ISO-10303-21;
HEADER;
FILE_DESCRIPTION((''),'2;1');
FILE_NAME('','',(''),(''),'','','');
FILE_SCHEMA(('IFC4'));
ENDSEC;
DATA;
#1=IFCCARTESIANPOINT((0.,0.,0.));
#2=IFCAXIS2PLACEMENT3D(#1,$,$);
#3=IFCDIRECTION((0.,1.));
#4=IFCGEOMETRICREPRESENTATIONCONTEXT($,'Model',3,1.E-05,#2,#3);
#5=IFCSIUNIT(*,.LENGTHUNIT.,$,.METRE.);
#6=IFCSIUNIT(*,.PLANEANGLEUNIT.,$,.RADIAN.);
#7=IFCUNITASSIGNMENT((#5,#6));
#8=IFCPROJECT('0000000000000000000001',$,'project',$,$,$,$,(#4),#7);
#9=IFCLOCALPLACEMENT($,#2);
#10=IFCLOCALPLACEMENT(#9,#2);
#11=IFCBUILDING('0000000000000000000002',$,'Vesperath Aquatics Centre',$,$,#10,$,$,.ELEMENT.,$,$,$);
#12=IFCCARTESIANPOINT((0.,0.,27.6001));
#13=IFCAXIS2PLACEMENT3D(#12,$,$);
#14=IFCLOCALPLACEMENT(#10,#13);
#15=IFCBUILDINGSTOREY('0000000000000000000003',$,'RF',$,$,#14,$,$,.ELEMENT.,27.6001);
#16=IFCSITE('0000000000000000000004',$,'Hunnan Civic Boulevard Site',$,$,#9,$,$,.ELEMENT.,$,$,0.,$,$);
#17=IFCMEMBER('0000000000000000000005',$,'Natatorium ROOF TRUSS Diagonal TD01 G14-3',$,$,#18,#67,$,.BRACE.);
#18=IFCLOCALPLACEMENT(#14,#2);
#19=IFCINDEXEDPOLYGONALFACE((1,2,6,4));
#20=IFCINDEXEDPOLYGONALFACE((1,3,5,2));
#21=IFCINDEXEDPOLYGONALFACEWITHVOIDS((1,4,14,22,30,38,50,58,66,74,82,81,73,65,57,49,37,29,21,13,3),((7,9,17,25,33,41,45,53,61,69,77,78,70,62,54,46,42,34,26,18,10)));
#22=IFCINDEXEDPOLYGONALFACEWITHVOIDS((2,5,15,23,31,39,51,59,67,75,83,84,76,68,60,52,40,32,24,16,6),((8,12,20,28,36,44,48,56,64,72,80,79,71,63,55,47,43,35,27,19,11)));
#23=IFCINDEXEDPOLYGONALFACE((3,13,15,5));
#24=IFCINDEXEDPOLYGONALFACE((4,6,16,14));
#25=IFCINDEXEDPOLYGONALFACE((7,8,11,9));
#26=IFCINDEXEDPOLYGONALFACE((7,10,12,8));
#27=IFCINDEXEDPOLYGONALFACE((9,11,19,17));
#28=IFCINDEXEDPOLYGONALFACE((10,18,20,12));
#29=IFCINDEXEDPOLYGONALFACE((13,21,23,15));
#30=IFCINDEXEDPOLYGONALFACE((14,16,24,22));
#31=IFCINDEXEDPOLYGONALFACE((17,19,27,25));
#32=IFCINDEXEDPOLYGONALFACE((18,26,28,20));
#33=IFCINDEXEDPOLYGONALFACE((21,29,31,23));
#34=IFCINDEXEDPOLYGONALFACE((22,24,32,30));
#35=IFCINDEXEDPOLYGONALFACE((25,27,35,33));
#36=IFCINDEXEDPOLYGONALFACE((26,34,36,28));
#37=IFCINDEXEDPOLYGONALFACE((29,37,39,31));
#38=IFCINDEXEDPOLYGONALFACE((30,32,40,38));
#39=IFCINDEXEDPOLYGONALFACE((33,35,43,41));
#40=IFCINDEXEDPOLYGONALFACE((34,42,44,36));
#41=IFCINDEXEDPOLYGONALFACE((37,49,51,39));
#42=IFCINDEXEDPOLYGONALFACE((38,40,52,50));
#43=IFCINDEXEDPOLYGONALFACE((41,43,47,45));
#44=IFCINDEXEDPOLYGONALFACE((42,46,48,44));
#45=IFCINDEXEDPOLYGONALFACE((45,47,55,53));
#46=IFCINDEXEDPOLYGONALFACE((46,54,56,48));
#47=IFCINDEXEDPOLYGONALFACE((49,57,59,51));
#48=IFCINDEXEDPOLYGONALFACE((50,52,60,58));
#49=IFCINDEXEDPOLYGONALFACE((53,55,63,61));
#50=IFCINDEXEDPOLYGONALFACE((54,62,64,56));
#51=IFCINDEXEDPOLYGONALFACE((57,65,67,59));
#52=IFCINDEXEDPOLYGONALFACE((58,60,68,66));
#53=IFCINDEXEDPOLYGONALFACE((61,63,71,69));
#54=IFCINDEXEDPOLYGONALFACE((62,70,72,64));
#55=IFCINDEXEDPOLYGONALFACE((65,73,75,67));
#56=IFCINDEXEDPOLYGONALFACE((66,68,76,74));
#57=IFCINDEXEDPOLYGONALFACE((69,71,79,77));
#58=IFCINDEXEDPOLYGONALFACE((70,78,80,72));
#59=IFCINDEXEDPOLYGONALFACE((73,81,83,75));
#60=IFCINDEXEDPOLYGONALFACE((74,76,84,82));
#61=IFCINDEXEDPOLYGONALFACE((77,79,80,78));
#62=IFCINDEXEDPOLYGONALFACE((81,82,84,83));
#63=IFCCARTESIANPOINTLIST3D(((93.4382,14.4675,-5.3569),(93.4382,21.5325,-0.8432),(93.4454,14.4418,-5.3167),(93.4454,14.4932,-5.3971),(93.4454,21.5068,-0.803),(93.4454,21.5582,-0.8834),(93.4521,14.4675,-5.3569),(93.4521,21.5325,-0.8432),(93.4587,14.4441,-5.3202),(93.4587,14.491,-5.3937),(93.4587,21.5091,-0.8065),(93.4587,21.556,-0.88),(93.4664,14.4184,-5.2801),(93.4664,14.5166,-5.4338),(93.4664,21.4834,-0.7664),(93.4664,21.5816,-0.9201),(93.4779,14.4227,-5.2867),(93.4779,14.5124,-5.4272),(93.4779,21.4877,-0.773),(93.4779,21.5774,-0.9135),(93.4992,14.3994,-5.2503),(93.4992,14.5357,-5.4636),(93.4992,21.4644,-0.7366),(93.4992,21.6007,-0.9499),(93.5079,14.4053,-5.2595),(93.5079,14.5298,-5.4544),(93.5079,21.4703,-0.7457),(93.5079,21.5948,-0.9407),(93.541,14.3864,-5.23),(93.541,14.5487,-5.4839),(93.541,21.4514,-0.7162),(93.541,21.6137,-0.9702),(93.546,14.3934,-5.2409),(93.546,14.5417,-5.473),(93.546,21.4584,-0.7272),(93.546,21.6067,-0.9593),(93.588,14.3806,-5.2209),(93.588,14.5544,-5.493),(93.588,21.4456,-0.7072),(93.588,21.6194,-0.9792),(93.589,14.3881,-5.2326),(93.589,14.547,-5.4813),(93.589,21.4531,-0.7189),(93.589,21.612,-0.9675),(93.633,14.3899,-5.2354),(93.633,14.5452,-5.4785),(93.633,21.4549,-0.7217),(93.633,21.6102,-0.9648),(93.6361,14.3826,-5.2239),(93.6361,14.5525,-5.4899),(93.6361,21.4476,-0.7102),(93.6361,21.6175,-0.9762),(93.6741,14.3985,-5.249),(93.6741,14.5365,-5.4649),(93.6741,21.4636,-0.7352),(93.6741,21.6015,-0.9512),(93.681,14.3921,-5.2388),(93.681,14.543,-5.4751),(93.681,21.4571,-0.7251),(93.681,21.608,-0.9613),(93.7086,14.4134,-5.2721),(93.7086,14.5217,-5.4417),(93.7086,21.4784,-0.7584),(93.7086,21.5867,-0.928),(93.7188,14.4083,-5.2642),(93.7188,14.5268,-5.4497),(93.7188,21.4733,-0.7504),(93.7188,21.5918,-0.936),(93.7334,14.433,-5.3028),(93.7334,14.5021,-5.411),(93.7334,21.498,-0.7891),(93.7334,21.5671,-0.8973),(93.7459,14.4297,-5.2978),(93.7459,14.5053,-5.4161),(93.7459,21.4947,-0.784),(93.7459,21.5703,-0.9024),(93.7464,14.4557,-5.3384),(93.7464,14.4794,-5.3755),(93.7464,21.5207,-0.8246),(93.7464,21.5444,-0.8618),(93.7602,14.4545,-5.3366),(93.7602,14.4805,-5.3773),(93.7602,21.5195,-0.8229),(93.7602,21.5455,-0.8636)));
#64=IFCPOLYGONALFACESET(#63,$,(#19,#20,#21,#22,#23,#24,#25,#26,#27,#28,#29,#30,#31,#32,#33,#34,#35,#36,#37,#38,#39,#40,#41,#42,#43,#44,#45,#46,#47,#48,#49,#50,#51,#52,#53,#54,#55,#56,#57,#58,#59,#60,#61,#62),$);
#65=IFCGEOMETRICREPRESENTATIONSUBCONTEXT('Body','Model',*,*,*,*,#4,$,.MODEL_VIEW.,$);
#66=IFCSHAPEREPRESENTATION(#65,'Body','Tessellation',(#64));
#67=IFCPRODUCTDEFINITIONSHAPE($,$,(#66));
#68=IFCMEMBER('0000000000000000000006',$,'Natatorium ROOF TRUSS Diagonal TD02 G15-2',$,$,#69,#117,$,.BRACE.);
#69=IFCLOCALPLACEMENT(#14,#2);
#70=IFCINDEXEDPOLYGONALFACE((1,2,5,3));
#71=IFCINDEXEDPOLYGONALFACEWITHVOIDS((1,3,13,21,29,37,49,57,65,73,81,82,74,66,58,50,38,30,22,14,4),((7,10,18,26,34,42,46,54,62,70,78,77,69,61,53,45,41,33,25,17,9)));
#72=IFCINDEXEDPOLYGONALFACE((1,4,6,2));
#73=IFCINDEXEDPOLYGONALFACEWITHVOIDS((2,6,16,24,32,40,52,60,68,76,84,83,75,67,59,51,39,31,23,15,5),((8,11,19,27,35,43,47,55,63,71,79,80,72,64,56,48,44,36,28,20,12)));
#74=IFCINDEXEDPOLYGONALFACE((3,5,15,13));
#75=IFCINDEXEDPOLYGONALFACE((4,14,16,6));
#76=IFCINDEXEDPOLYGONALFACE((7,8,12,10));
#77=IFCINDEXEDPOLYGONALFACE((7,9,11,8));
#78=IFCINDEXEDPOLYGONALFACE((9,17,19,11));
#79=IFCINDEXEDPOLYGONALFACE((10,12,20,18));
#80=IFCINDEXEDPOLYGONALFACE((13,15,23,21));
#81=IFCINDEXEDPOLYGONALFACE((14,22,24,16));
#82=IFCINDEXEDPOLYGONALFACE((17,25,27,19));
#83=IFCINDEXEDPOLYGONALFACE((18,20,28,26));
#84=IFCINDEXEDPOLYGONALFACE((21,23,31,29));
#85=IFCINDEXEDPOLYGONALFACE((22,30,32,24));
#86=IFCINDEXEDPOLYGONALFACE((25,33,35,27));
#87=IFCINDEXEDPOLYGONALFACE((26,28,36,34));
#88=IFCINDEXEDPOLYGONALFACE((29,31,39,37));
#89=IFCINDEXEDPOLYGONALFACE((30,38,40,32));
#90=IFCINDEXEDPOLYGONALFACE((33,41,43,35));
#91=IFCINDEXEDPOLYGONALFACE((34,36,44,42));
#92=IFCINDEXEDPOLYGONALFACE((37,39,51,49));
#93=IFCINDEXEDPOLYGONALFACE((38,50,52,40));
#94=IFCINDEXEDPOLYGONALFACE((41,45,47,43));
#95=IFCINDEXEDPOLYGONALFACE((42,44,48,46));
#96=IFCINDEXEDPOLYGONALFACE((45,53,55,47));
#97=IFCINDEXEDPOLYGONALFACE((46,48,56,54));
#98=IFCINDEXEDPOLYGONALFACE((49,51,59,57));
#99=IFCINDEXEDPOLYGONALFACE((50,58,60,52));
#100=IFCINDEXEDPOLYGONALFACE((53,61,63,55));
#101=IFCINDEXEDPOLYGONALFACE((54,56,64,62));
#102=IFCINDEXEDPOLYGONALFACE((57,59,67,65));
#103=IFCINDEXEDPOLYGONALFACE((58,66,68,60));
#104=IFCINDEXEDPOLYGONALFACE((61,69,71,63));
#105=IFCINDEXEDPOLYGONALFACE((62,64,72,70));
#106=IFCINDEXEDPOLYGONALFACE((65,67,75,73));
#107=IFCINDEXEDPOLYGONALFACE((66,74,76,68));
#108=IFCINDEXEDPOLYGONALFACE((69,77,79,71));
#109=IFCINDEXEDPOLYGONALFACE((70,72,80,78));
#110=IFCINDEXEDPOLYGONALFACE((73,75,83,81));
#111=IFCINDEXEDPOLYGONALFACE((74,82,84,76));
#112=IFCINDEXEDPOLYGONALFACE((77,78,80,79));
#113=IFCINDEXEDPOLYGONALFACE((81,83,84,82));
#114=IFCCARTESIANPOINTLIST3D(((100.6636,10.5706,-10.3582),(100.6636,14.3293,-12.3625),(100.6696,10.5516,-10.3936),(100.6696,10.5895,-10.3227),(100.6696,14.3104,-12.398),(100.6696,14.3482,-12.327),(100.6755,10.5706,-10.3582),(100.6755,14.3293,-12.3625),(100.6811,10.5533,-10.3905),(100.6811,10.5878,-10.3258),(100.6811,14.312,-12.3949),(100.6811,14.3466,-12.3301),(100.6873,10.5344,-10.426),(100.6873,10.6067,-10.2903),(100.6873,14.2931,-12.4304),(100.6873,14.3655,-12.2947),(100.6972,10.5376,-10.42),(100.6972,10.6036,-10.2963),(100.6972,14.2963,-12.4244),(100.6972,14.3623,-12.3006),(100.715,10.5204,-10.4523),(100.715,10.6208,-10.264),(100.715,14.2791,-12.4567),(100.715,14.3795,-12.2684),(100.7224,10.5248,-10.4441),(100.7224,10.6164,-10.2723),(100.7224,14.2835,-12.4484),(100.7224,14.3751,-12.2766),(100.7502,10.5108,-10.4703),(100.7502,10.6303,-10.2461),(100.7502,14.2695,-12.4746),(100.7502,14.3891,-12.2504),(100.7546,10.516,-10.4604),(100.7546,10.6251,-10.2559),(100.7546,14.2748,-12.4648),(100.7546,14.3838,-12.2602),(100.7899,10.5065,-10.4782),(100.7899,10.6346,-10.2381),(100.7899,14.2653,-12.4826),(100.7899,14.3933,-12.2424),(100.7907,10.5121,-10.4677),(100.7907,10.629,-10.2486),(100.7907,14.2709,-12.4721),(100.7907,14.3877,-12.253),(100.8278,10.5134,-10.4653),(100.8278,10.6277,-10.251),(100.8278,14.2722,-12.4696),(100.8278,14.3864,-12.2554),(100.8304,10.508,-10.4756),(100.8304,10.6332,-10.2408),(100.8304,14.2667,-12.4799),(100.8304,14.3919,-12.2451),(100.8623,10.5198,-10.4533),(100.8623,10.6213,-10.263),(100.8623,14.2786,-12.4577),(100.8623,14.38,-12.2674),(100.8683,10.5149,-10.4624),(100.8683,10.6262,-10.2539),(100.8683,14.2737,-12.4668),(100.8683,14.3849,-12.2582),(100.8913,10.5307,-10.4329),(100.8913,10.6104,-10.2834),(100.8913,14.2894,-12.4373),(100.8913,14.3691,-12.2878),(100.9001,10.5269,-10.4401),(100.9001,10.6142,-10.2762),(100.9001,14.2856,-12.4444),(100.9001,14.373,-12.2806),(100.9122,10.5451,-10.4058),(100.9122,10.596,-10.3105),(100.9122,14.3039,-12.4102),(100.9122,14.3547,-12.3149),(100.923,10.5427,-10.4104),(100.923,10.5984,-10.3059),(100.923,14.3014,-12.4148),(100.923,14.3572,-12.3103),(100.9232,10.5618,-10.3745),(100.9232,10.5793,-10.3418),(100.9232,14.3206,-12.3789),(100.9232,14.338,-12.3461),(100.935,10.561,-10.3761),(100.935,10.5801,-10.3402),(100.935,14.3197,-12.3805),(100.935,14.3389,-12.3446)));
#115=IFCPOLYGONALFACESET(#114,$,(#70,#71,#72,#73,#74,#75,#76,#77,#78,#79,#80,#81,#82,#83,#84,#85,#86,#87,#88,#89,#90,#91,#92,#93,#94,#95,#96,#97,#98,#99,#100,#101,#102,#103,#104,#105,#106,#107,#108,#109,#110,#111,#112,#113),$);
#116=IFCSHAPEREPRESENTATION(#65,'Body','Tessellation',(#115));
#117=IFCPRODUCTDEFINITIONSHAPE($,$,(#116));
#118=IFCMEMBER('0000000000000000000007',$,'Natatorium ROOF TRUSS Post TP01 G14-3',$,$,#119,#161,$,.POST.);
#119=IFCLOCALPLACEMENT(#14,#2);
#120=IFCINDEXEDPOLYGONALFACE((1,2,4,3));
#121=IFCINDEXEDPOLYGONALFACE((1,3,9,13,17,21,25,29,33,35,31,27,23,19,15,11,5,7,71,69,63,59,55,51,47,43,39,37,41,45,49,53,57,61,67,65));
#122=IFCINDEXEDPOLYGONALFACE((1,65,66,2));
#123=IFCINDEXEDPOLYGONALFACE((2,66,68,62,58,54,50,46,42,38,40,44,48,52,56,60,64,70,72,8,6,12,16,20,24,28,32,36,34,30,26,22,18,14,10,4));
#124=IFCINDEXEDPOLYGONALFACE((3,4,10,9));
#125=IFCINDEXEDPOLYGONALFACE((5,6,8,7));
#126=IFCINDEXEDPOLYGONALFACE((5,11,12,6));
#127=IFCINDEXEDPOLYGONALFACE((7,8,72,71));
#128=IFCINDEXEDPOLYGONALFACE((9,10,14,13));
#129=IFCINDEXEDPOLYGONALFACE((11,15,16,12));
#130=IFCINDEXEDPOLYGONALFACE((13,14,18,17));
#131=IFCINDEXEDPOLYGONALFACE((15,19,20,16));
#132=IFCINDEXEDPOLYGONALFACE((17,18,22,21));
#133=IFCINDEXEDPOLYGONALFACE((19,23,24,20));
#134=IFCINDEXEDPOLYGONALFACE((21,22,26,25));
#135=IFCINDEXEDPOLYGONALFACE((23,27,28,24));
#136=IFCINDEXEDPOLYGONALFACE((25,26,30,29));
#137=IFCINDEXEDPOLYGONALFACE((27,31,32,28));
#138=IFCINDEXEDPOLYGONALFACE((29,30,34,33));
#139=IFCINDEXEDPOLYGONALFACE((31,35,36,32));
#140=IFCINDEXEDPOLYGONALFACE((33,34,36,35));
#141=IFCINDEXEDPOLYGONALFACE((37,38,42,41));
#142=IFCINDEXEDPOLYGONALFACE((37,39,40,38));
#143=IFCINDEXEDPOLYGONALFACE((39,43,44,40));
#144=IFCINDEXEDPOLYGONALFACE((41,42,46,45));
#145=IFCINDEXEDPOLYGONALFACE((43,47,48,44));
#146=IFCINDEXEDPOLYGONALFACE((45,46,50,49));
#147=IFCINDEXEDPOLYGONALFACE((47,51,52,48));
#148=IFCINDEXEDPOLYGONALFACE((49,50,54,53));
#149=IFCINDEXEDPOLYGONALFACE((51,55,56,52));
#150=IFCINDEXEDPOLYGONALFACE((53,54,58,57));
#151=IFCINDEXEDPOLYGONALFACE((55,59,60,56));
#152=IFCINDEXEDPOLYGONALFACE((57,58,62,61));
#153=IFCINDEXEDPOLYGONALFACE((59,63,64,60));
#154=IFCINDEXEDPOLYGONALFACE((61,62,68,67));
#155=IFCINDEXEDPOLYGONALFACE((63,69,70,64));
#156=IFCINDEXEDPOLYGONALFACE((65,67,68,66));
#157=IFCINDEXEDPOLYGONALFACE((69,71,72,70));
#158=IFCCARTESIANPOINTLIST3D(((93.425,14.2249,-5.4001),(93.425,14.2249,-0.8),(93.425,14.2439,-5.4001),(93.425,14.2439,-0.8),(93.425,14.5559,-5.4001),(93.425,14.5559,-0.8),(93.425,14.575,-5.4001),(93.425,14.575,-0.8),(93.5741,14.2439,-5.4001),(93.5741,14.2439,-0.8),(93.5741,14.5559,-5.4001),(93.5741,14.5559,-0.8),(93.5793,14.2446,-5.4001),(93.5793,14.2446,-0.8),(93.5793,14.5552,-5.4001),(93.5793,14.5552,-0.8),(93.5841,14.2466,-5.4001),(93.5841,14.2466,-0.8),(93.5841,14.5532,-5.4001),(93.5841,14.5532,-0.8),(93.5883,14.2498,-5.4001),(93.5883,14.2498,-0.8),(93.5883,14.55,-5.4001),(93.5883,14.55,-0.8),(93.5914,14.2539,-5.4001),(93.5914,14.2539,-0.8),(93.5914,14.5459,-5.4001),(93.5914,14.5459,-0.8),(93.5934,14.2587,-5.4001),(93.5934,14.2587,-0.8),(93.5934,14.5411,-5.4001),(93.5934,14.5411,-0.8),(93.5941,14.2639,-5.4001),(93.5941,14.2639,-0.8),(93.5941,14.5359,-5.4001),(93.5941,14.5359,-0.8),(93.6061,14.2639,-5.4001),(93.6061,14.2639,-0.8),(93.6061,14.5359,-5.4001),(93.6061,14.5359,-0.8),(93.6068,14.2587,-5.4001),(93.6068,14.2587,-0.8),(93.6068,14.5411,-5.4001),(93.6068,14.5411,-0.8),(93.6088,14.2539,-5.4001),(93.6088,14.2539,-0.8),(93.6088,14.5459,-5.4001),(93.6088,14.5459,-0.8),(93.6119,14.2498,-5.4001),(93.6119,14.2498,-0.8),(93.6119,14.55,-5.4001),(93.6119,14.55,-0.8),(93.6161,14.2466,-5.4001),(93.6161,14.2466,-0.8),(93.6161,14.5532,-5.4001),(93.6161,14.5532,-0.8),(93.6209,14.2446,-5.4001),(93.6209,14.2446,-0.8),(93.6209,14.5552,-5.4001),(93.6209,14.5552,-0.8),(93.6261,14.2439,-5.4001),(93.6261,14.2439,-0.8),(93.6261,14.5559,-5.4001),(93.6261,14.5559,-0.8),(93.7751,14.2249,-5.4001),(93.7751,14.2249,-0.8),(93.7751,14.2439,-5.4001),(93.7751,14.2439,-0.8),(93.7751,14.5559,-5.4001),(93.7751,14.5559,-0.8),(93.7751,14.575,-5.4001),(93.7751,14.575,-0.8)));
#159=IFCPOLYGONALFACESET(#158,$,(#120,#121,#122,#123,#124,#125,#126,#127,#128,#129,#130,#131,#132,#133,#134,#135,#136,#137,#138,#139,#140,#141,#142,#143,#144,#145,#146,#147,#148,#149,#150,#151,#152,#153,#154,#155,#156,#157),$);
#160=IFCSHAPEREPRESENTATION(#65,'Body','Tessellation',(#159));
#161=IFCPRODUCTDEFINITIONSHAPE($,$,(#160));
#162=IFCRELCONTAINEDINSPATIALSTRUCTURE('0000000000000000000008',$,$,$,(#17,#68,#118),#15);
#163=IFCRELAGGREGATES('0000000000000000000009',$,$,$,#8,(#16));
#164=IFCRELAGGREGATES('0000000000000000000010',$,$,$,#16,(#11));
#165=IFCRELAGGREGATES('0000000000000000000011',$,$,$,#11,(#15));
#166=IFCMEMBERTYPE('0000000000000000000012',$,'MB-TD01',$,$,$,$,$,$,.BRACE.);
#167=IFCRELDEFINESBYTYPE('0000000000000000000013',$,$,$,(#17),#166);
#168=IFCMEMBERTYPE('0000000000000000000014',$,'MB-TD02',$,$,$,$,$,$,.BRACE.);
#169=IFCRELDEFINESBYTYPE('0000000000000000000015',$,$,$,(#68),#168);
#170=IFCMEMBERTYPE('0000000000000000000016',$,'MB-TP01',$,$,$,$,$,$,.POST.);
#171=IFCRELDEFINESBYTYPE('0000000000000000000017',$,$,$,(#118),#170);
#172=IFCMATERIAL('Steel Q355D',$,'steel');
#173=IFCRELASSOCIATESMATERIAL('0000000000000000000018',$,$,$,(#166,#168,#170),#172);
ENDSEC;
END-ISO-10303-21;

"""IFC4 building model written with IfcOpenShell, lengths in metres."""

from ifc_helpers import new_model, si_unit, direction, frame, origin, origin_2d, place, context, subcontext, project, spatial, hollow_circle, i_section, extrude, material, material_profile, profile_set, type_object, element, save


model = new_model("IFC4")

# Units and contexts
model_context = context("Model", 3, precision=1e-05, world=origin(), true_north=direction((0.0, 1.0)))
body_context = subcontext(model_context, "Body", "Model", "MODEL_VIEW")
ifc_project = project(units=[si_unit("LENGTHUNIT", "METRE"), si_unit("PLANEANGLEUNIT", "RADIAN")], contexts=[model_context])

# Site, building, storey
site_placement = place(None, origin())
site = spatial("IfcSite", under=ifc_project, at=site_placement, Name="Hunnan Civic Boulevard Site", CompositionType="ELEMENT", RefElevation=0.0)
building_placement = place(site_placement, origin())
building = spatial("IfcBuilding", under=site, at=building_placement, Name="Vesperath Aquatics Centre", CompositionType="ELEMENT")
storey_placement = place(building_placement, frame((0.0, 0.0, 27.6001)))
storey = spatial("IfcBuildingStorey", under=building, at=storey_placement, Name="RF", CompositionType="ELEMENT", Elevation=27.6001)

# Shared definitions
ifc_material_1 = material(Name="Steel Q355D", Category="steel")

# Members
ifc_material_profile_1 = material_profile(ifc_material_1, hollow_circle(Radius=0.1619, WallThickness=0.0139, at=origin_2d()), Name="CHS 323.9x14")
ifc_profile_set_1 = profile_set([ifc_material_profile_1], Name="Steel Q355D")
member_type_1 = type_object("IfcMemberType", Name="MB-TD01", PredefinedType="BRACE", material=ifc_profile_set_1)
member_1_placement = place(storey_placement, frame((93.6001, 14.4675, -5.3569), z_axis=(0.0, 0.842698, 0.538386), x_axis=(-1.0, 0.0, 0.0)))
element("IfcMember", 1, at=member_1_placement, inside=storey, type_object=member_type_1, Name="Natatorium ROOF TRUSS Diagonal TD01 G14-3", PredefinedType="BRACE", context=body_context, shape_type="SweptSolid", body=[
    extrude(hollow_circle(Radius=0.1619, WallThickness=0.0139, at=origin_2d()), origin(), (0.0, 0.0, 1.0), 8.3838),
])
ifc_material_profile_2 = material_profile(ifc_material_1, hollow_circle(Radius=0.1365, WallThickness=0.012, at=origin_2d()), Name="CHS 273.0x12")
ifc_profile_set_2 = profile_set([ifc_material_profile_2], Name="Steel Q355D")
member_type_2 = type_object("IfcMemberType", Name="MB-TD02", PredefinedType="BRACE", material=ifc_profile_set_2)
member_2_placement = place(storey_placement, frame((100.8, 10.5706, -10.3582), z_axis=(0.0, 0.882381, -0.470535), x_axis=(-1.0, 0.0, 0.0)))
element("IfcMember", 2, at=member_2_placement, inside=storey, type_object=member_type_2, Name="Natatorium ROOF TRUSS Diagonal TD02 G15-2", PredefinedType="BRACE", context=body_context, shape_type="SweptSolid", body=[
    extrude(hollow_circle(Radius=0.1365, WallThickness=0.012, at=origin_2d()), origin(), (0.0, 0.0, 1.0), 4.2598),
])
ifc_material_profile_3 = material_profile(ifc_material_1, i_section(OverallWidth=0.3501, OverallDepth=0.3501, WebThickness=0.012, FlangeThickness=0.019, FilletRadius=0.02, at=origin_2d()), Name="HW 350x350x12x19")
ifc_profile_set_3 = profile_set([ifc_material_profile_3], Name="Steel Q355D")
member_type_3 = type_object("IfcMemberType", Name="MB-TP01", PredefinedType="POST", material=ifc_profile_set_3)
member_3_placement = place(storey_placement, frame((93.6001, 14.3999, -5.4001), z_axis=(0.0, 0.0, 1.0), x_axis=(1.0, 0.0, 0.0)))
element("IfcMember", 3, at=member_3_placement, inside=storey, type_object=member_type_3, Name="Natatorium ROOF TRUSS Post TP01 G14-3", PredefinedType="POST", context=body_context, shape_type="SweptSolid", body=[
    extrude(i_section(OverallWidth=0.3501, OverallDepth=0.3501, WebThickness=0.012, FlangeThickness=0.019, FilletRadius=0.02, at=origin_2d()), origin(), (0.0, 0.0, 1.0), 4.6001),
])

save(model, "model.ifc")
